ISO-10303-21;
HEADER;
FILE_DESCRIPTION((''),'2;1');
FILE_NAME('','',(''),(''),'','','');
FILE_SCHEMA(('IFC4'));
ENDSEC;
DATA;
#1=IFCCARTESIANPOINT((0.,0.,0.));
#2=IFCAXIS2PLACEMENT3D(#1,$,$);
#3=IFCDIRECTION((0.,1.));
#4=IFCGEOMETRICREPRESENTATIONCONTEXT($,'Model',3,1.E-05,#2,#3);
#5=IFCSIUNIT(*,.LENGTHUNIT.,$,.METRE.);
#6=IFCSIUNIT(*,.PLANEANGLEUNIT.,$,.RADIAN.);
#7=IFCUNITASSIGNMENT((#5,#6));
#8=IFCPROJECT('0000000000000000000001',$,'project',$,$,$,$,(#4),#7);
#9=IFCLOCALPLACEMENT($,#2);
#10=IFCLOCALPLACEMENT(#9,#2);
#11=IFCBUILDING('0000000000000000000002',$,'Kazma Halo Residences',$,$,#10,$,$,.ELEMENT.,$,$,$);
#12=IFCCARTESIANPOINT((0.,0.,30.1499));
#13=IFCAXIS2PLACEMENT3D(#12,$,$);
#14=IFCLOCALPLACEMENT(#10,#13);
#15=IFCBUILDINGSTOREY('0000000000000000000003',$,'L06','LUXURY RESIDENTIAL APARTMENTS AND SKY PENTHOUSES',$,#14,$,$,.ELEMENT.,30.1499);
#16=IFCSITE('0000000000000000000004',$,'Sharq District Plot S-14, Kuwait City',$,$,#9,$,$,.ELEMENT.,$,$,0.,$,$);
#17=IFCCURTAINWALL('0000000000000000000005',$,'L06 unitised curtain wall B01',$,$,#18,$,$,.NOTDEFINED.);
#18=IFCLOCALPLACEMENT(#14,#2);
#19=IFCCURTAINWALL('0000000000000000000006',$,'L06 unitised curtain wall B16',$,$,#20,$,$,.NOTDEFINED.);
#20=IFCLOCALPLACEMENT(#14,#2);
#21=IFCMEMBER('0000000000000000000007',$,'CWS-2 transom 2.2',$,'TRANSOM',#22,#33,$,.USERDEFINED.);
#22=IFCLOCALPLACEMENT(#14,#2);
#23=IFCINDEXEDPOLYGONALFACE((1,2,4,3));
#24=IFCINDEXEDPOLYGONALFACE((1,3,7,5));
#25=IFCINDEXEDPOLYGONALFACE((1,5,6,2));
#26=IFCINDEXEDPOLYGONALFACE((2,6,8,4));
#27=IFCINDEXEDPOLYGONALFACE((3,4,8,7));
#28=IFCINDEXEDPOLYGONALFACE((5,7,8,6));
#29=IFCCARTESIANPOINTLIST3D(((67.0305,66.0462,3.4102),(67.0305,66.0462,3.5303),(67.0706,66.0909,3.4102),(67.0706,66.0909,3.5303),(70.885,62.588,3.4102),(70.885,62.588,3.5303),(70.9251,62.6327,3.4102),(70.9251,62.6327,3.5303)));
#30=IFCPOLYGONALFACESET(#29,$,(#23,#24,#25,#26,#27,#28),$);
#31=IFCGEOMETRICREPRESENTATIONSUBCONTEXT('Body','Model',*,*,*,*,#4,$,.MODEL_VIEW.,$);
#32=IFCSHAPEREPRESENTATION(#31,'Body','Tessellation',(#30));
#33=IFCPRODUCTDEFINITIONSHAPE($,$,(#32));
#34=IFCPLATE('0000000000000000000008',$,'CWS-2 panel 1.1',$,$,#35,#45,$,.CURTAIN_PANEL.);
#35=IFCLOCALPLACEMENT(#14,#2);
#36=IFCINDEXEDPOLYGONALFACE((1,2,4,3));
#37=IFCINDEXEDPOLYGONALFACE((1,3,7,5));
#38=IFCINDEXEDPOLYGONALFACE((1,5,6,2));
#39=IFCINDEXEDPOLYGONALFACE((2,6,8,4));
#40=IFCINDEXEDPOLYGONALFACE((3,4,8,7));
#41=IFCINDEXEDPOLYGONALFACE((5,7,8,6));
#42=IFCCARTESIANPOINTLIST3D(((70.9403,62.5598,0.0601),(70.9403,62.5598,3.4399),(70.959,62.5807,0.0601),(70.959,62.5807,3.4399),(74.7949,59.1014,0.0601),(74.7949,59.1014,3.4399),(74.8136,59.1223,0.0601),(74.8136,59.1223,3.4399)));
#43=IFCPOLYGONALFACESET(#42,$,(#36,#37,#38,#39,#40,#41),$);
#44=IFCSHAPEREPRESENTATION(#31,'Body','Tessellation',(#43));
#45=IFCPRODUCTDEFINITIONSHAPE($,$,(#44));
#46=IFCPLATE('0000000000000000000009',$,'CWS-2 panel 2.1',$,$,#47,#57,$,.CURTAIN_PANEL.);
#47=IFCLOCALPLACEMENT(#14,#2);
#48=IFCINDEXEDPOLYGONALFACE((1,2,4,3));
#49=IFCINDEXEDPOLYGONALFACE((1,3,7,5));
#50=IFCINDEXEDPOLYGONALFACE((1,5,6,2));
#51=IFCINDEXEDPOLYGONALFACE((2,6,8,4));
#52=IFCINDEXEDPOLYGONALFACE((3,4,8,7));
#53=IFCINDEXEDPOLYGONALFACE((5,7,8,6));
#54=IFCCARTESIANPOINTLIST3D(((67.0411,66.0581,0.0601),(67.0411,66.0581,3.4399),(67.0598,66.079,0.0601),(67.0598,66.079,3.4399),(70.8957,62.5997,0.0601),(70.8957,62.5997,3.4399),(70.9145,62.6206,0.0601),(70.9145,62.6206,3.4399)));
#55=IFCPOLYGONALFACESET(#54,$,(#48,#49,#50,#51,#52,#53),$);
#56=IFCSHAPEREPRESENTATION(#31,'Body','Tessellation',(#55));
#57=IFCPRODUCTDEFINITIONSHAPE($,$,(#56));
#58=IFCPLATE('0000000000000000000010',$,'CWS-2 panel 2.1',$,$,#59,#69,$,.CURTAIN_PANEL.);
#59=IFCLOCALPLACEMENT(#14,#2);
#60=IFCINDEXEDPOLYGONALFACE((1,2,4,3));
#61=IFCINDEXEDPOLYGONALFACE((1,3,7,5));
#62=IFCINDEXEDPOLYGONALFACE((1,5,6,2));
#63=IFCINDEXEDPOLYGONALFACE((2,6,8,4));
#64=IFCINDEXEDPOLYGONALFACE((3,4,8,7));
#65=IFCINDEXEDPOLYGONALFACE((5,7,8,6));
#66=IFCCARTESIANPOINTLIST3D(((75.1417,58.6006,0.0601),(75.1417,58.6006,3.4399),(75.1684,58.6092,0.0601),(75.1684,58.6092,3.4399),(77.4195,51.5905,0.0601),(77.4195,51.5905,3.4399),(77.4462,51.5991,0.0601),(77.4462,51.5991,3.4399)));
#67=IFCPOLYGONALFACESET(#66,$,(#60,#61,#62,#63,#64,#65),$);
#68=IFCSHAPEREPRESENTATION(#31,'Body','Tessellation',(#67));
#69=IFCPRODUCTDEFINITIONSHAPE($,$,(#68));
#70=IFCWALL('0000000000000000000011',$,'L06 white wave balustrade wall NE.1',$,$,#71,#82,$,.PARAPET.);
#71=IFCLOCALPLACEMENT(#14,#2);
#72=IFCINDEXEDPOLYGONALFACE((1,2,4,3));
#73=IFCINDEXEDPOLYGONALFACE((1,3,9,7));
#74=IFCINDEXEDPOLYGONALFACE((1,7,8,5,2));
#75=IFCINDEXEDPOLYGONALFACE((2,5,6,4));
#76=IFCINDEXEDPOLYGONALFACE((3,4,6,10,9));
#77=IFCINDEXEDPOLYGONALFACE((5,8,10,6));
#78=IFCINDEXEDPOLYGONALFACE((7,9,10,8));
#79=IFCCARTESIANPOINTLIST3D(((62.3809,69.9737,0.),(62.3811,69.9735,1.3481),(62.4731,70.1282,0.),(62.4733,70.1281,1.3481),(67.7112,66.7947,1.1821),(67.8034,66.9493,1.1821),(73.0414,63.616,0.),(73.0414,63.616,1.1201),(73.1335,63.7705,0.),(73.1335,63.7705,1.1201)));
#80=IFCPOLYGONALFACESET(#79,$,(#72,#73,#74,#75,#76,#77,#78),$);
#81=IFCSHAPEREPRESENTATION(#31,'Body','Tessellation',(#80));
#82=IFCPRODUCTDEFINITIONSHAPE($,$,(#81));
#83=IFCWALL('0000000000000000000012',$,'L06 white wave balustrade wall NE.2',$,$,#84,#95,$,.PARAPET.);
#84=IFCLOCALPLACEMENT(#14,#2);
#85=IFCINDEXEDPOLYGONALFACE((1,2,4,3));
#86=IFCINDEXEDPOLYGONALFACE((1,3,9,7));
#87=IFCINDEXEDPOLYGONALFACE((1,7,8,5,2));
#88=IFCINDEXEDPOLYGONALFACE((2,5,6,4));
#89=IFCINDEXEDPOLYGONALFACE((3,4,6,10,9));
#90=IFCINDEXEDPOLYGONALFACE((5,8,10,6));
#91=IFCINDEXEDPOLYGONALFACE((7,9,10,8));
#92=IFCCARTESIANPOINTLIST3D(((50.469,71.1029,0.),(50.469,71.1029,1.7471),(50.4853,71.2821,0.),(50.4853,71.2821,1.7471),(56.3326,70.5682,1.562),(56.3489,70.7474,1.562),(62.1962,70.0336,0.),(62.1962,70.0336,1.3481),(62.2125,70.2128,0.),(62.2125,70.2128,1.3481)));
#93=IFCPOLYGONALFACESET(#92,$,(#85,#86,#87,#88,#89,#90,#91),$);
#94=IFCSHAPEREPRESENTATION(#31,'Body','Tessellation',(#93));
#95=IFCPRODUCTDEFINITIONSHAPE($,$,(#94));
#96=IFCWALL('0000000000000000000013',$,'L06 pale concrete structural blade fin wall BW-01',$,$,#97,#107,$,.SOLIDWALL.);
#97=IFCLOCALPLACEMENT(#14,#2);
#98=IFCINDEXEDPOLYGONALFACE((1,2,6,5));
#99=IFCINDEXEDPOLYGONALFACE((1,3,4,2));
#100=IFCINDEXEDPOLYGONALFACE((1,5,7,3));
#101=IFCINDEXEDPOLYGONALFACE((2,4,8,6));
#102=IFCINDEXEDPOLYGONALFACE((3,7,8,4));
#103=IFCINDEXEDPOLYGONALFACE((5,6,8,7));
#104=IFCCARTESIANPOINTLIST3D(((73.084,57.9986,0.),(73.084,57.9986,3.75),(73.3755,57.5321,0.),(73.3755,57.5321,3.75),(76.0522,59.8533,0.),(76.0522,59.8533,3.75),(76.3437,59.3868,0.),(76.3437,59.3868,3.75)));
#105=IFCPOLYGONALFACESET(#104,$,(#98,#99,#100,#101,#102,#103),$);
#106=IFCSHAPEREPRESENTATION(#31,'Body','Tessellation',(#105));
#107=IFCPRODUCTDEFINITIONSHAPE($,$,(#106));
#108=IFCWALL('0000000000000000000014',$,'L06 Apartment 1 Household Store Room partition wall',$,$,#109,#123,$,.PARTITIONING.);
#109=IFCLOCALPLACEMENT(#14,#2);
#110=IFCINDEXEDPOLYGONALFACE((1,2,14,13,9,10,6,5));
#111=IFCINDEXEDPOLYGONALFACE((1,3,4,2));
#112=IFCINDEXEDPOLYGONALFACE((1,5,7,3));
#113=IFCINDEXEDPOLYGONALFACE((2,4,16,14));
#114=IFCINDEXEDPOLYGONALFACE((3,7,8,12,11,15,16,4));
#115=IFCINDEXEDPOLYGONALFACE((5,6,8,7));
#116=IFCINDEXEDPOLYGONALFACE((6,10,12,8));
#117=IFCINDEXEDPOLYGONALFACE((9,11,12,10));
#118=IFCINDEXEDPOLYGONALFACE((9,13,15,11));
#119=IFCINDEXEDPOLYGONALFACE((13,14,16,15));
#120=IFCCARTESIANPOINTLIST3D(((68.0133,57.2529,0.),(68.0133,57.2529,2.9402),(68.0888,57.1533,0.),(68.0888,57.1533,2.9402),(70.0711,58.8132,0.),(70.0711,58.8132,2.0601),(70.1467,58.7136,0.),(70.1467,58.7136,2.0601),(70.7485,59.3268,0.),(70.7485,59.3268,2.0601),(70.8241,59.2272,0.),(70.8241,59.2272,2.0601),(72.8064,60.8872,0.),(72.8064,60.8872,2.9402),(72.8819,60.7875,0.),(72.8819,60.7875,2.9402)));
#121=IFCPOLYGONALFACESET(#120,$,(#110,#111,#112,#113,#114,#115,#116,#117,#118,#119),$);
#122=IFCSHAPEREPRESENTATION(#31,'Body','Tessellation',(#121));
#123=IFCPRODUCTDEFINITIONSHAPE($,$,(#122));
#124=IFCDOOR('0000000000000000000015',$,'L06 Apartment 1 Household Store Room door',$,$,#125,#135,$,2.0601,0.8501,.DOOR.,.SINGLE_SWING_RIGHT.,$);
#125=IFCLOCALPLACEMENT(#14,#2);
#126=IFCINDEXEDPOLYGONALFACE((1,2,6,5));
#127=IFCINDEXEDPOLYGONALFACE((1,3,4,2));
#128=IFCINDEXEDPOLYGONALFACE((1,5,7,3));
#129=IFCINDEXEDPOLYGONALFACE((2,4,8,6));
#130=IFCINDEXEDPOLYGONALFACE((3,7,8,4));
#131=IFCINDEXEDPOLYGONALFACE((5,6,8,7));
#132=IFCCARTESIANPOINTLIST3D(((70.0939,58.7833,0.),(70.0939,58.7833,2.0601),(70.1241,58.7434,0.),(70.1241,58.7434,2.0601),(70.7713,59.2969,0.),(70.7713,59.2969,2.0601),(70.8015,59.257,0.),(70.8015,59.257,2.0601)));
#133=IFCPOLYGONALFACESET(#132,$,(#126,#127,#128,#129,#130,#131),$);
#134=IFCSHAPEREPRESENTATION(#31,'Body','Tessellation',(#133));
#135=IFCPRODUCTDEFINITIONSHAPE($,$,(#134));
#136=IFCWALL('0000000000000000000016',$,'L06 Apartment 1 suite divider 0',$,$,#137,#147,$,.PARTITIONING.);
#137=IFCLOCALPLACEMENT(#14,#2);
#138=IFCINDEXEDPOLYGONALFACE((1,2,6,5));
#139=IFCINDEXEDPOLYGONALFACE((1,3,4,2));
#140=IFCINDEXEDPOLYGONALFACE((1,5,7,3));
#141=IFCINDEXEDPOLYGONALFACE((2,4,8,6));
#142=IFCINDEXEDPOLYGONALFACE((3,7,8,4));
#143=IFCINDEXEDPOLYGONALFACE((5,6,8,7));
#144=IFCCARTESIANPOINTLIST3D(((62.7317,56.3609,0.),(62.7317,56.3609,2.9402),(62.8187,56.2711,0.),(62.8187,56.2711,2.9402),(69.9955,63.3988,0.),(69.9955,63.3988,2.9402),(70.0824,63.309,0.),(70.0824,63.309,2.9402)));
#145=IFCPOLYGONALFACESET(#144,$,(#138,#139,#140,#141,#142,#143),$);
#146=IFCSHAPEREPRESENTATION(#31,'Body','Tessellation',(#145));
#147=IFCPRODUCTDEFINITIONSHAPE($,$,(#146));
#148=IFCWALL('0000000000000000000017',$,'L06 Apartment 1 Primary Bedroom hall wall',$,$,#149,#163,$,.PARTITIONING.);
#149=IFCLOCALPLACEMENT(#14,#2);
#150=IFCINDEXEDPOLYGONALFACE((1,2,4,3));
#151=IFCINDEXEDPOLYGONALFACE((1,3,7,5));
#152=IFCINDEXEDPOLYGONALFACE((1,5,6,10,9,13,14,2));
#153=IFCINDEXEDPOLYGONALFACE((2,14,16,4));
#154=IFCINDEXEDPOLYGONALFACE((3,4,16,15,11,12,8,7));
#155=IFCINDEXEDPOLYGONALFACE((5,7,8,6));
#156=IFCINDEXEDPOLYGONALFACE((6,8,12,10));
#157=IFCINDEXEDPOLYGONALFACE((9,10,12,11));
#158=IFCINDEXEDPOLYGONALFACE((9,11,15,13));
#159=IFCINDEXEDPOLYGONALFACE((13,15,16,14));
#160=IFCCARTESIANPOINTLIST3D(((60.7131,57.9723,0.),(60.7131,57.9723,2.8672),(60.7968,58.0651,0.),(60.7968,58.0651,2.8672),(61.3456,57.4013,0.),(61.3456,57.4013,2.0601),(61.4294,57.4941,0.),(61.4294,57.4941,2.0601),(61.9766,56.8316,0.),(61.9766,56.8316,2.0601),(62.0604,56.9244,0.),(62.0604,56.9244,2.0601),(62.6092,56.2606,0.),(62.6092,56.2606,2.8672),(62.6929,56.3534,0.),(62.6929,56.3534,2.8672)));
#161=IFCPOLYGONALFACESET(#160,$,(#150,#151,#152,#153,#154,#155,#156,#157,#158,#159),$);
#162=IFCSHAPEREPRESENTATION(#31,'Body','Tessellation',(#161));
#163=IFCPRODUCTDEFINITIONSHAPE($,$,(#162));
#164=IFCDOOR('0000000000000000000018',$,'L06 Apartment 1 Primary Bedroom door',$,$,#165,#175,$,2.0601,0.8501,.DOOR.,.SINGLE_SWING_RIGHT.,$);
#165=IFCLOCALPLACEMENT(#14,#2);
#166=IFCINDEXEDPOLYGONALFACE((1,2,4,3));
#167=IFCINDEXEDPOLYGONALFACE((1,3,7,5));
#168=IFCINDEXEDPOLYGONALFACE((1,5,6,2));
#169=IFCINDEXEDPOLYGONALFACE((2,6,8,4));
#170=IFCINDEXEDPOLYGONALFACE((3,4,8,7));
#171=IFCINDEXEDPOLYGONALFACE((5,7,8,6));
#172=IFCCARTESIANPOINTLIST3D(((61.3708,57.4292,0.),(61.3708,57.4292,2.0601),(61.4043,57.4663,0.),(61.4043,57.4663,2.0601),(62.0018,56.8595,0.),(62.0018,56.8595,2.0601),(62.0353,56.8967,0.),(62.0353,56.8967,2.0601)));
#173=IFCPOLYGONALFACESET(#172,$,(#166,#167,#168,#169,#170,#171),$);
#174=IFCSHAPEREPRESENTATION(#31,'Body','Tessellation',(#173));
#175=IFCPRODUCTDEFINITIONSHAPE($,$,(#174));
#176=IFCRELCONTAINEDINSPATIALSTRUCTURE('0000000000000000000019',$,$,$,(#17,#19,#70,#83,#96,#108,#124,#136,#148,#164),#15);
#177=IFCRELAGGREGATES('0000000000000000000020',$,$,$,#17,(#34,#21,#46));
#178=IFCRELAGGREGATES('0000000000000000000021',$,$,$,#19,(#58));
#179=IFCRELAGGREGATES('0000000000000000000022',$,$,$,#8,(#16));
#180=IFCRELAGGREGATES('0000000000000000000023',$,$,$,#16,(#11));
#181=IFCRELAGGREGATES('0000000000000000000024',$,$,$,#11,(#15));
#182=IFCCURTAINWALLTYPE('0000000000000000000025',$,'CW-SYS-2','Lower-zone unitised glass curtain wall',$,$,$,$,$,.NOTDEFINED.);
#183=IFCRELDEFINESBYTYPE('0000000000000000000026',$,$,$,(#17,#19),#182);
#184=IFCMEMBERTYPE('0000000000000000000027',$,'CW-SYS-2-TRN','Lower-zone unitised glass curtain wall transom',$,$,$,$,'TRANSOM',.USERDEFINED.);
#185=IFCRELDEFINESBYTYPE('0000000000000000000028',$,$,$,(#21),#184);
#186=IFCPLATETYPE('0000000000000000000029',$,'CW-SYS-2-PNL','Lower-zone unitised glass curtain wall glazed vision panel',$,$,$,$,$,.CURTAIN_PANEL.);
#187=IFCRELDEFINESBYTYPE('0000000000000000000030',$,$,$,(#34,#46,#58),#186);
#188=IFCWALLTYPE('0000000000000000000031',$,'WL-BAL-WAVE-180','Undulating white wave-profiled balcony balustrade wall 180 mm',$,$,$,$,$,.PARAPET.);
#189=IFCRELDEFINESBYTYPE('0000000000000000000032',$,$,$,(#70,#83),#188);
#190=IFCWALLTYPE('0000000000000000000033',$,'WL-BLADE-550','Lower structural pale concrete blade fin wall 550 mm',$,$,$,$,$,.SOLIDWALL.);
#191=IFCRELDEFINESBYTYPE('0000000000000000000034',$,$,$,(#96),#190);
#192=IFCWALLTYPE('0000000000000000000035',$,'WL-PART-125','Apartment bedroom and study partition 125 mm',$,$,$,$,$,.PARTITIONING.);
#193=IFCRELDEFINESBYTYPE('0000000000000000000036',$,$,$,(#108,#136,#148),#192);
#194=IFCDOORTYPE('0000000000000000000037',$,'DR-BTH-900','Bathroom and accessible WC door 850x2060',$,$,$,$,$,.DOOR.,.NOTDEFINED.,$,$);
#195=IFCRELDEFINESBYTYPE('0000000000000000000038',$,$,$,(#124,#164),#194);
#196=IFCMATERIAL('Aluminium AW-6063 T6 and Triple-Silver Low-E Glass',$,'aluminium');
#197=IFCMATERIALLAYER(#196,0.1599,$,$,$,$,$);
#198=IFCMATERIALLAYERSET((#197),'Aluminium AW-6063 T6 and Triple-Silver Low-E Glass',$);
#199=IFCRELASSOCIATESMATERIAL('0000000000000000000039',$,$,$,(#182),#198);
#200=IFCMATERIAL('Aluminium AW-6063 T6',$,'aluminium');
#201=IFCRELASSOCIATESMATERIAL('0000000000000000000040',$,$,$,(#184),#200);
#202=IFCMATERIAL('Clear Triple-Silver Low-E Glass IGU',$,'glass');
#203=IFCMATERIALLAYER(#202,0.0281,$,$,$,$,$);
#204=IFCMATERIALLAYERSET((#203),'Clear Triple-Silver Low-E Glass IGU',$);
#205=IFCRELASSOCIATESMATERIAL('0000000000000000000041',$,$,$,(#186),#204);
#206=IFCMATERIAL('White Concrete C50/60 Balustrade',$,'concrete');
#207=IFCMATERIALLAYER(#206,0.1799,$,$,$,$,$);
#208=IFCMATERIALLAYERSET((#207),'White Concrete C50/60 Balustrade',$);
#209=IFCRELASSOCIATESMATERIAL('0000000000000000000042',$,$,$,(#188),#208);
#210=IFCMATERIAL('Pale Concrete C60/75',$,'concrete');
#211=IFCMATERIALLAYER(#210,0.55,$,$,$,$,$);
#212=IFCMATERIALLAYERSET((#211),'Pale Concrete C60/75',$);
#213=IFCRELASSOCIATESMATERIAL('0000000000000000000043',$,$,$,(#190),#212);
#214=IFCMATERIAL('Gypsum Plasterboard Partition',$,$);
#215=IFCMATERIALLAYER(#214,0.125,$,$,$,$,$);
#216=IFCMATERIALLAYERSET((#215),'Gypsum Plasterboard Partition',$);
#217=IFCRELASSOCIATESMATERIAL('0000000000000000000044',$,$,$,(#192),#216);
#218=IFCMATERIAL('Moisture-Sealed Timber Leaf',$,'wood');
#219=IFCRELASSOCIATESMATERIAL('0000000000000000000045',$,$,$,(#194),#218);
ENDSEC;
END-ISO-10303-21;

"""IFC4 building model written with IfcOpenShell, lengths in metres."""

from ifc_helpers import new_model, si_unit, direction, frame, frame_2d, origin, origin_2d, place, context, subcontext, project, spatial, polyline, rectangle, outline, extrude, material, layer, layer_set, material_profile, profile_set, type_object, element, fill, aggregate, save


model = new_model("IFC4")

# Units and contexts
model_context = context("Model", 3, precision=1e-05, world=origin(), true_north=direction((0.0, 1.0)))
body_context = subcontext(model_context, "Body", "Model", "MODEL_VIEW")
ifc_project = project(units=[si_unit("LENGTHUNIT", "METRE"), si_unit("PLANEANGLEUNIT", "RADIAN")], contexts=[model_context])

# Site, building, storey
site_placement = place(None, origin())
site = spatial("IfcSite", under=ifc_project, at=site_placement, Name="Sharq District Plot S-14, Kuwait City", CompositionType="ELEMENT", RefElevation=0.0)
building_placement = place(site_placement, origin())
building = spatial("IfcBuilding", under=site, at=building_placement, Name="Kazma Halo Residences", CompositionType="ELEMENT")
storey_placement = place(building_placement, frame((0.0, 0.0, 30.1499)))
storey = spatial("IfcBuildingStorey", under=building, at=storey_placement, Name="L06", Description="LUXURY RESIDENTIAL APARTMENTS AND SKY PENTHOUSES", CompositionType="ELEMENT", Elevation=30.1499)

# Curtain wall
ifc_material_1 = material(Name="Aluminium AW-6063 T6 and Triple-Silver Low-E Glass", Category="aluminium")
ifc_layer_1 = layer(ifc_material_1, 0.1599)
ifc_layer_set_1 = layer_set([ifc_layer_1], Name="Aluminium AW-6063 T6 and Triple-Silver Low-E Glass")
curtain_wall_type = type_object("IfcCurtainWallType", Name="CW-SYS-2", Description="Lower-zone unitised glass curtain wall", PredefinedType="NOTDEFINED", material=ifc_layer_set_1)
curtain_wall_1_placement = place(storey_placement, origin())
curtain_wall_1 = element("IfcCurtainWall", 1, at=curtain_wall_1_placement, inside=storey, type_object=curtain_wall_type, Name="L06 unitised curtain wall B01", PredefinedType="NOTDEFINED")
ifc_material_2 = material(Name="Aluminium AW-6063 T6", Category="aluminium")

# Curtain wall
curtain_wall_2_placement = place(storey_placement, origin())
curtain_wall_2 = element("IfcCurtainWall", 2, at=curtain_wall_2_placement, inside=storey, type_object=curtain_wall_type, Name="L06 unitised curtain wall B16", PredefinedType="NOTDEFINED")

# Member
ifc_material_profile_1 = material_profile(ifc_material_2, rectangle(XDim=0.0601, YDim=0.1201, at=origin_2d()), Name="CWT-60x120")
ifc_profile_set_1 = profile_set([ifc_material_profile_1], Name="Aluminium AW-6063 T6")
member_type_1 = type_object("IfcMemberType", Name="CW-SYS-2-TRN", Description="Lower-zone unitised glass curtain wall transom", ElementType="TRANSOM", PredefinedType="USERDEFINED", material=ifc_profile_set_1)
member_1_placement = place(storey_placement, frame((70.905, 62.6104, 3.4702), z_axis=(-0.744329, 0.667813, 0.0), x_axis=(-0.667813, -0.744329, 0.0)))
member_1 = element("IfcMember", 3, at=member_1_placement, type_object=member_type_1, Name="CWS-2 transom 2.2", ObjectType="TRANSOM", PredefinedType="USERDEFINED", context=body_context, shape_type="SweptSolid", body=[
    extrude(rectangle(XDim=0.0601, YDim=0.1201, at=origin_2d()), origin(), (0.0, 0.0, 1.0), 5.1785),
])

# Plates
ifc_material_3 = material(Name="Clear Triple-Silver Low-E Glass IGU", Category="glass")
ifc_layer_2 = layer(ifc_material_3, 0.0281)
ifc_layer_set_2 = layer_set([ifc_layer_2], Name="Clear Triple-Silver Low-E Glass IGU")
plate_type = type_object("IfcPlateType", Name="CW-SYS-2-PNL", Description="Lower-zone unitised glass curtain wall glazed vision panel", PredefinedType="CURTAIN_PANEL", material=ifc_layer_set_2)
plate_1_placement = place(storey_placement, frame((72.877, 60.8411, 0.0601), z_axis=(0.0, 0.0, 1.0), x_axis=(-0.744322, 0.667821, 0.0)))
plate_1 = element("IfcPlate", 4, at=plate_1_placement, type_object=plate_type, Name="CWS-2 panel 1.1", PredefinedType="CURTAIN_PANEL", context=body_context, shape_type="SweptSolid", body=[
    extrude(rectangle(XDim=5.1787, YDim=0.0281, at=origin_2d()), origin(), (0.0, 0.0, 1.0), 3.3799),
])
plate_2_placement = place(storey_placement, frame((68.9778, 64.3394, 0.0601), z_axis=(0.0, 0.0, 1.0), x_axis=(-0.744322, 0.667821, 0.0)))
plate_2 = element("IfcPlate", 5, at=plate_2_placement, type_object=plate_type, Name="CWS-2 panel 2.1", PredefinedType="CURTAIN_PANEL", context=body_context, shape_type="SweptSolid", body=[
    extrude(rectangle(XDim=5.1787, YDim=0.0281, at=origin_2d()), origin(), (0.0, 0.0, 1.0), 3.3799),
])
aggregate(curtain_wall_1, [plate_1, member_1, plate_2])
plate_3_placement = place(storey_placement, frame((76.2939, 55.0999, 0.0601), z_axis=(0.0, 0.0, 1.0), x_axis=(-0.309017, 0.951057, 0.0)))
plate_3 = element("IfcPlate", 6, at=plate_3_placement, type_object=plate_type, Name="CWS-2 panel 2.1", PredefinedType="CURTAIN_PANEL", context=body_context, shape_type="SweptSolid", body=[
    extrude(rectangle(XDim=7.3708, YDim=0.0281, at=origin_2d()), origin(), (0.0, 0.0, 1.0), 3.3799),
])
aggregate(curtain_wall_2, [plate_3])

# Walls
ifc_material_4 = material(Name="White Concrete C50/60 Balustrade", Category="concrete")
ifc_layer_3 = layer(ifc_material_4, 0.1799)
ifc_layer_set_3 = layer_set([ifc_layer_3], Name="White Concrete C50/60 Balustrade")
wall_type_1 = type_object("IfcWallType", Name="WL-BAL-WAVE-180", Description="Undulating white wave-profiled balcony balustrade wall 180 mm", PredefinedType="PARAPET", material=ifc_layer_set_3)
wall_1_placement = place(storey_placement, frame((73.0874, 63.6931, 0.0), z_axis=(0.0, 0.0, 1.0), x_axis=(-0.858861, 0.512209, 0.0)))
element("IfcWall", 7, at=wall_1_placement, inside=storey, type_object=wall_type_1, Name="L06 white wave balustrade wall NE.1", PredefinedType="PARAPET", context=body_context, shape_type="SweptSolid", body=[
    extrude(outline(polyline([(0.0, 0.0), (12.4124, 0.0), (12.4121, 1.3481), (6.2061, 1.1821), (0.0, 1.1201), (0.0, 0.0)])), frame((0.0, 0.0898, 0.0), z_axis=(0.0, -1.0, 0.0), x_axis=(1.0, 0.0, 0.0)), (0.0, 0.0, 1.0), 0.1799),
])
wall_2_placement = place(storey_placement, frame((62.2043, 70.123, 0.0), z_axis=(0.0, 0.0, 1.0), x_axis=(-0.995869, 0.090807, 0.0)))
element("IfcWall", 8, at=wall_2_placement, inside=storey, type_object=wall_type_1, Name="L06 white wave balustrade wall NE.2", PredefinedType="PARAPET", context=body_context, shape_type="SweptSolid", body=[
    extrude(outline(polyline([(0.0, 0.0), (11.7759, 0.0), (11.7759, 1.7471), (5.8879, 1.562), (0.0, 1.3481), (0.0, 0.0)])), frame((0.0, 0.0898, 0.0), z_axis=(0.0, -1.0, 0.0), x_axis=(1.0, 0.0, 0.0)), (0.0, 0.0, 1.0), 0.1799),
])
ifc_material_5 = material(Name="Pale Concrete C60/75", Category="concrete")
ifc_layer_4 = layer(ifc_material_5, 0.55)
ifc_layer_set_4 = layer_set([ifc_layer_4], Name="Pale Concrete C60/75")
wall_type_2 = type_object("IfcWallType", Name="WL-BLADE-550", Description="Lower structural pale concrete blade fin wall 550 mm", PredefinedType="SOLIDWALL", material=ifc_layer_set_4)
wall_3_placement = place(storey_placement, frame((73.2297, 57.7654, 0.0), z_axis=(0.0, 0.0, 1.0), x_axis=(0.848053, 0.529911, 0.0)))
element("IfcWall", 9, at=wall_3_placement, inside=storey, type_object=wall_type_2, Name="L06 pale concrete structural blade fin wall BW-01", PredefinedType="SOLIDWALL", context=body_context, shape_type="SweptSolid", body=[
    extrude(rectangle(XDim=3.5, YDim=0.55, at=frame_2d((1.75, 0.0))), origin(), (0.0, 0.0, 1.0), 3.75),
])

# Wall, opening, door
ifc_material_6 = material(Name="Gypsum Plasterboard Partition")
ifc_layer_5 = layer(ifc_material_6, 0.125)
ifc_layer_set_5 = layer_set([ifc_layer_5], Name="Gypsum Plasterboard Partition")
wall_type_3 = type_object("IfcWallType", Name="WL-PART-125", Description="Apartment bedroom and study partition 125 mm", PredefinedType="PARTITIONING", material=ifc_layer_set_5)
wall_4_placement = place(storey_placement, frame((68.051, 57.2031, 0.0), z_axis=(0.0, 0.0, 1.0), x_axis=(0.796848, 0.60418, 0.0)))
wall_4 = element("IfcWall", 10, at=wall_4_placement, inside=storey, type_object=wall_type_3, Name="L06 Apartment 1 Household Store Room partition wall", PredefinedType="PARTITIONING", context=body_context, shape_type="SweptSolid", body=[
    extrude(rectangle(XDim=6.0151, YDim=0.125, at=frame_2d((3.0076, 0.0))), origin(), (0.0, 0.0, 1.0), 2.9402),
])
opening_1_placement = place(wall_4_placement, frame((2.5825, 0.0, 0.0)))
opening_1 = element("IfcOpeningElement", 11, at=opening_1_placement, cuts=wall_4, PredefinedType="OPENING", context=body_context, shape_type="SweptSolid", body=[
    extrude(rectangle(XDim=0.8501, YDim=2.0601, at=frame_2d((0.425, 1.03))), frame((0.0, 0.0725, 0.0), z_axis=(0.0, -1.0, 0.0), x_axis=(1.0, 0.0, 0.0)), (0.0, 0.0, 1.0), 0.145),
])
ifc_material_7 = material(Name="Moisture-Sealed Timber Leaf", Category="wood")
door_type_1 = type_object("IfcDoorType", Name="DR-BTH-900", Description="Bathroom and accessible WC door 850x2060", OperationType="NOTDEFINED", PredefinedType="DOOR", material=ifc_material_7)
door_1_placement = place(opening_1_placement, origin())
door_1 = element("IfcDoor", 12, at=door_1_placement, inside=storey, type_object=door_type_1, Name="L06 Apartment 1 Household Store Room door", OperationType="SINGLE_SWING_RIGHT", OverallHeight=2.0601, OverallWidth=0.8501, PredefinedType="DOOR", context=body_context, shape_type="SweptSolid", body=[
    extrude(rectangle(XDim=0.8501, YDim=2.0601, at=frame_2d((0.425, 1.03))), frame((0.0, 0.0249, 0.0), z_axis=(0.0, -1.0, 0.0), x_axis=(1.0, 0.0, 0.0)), (0.0, 0.0, 1.0), 0.05),
])
fill(opening_1, door_1)

# Wall
wall_5_placement = place(storey_placement, frame((62.7751, 56.3159, 0.0), z_axis=(0.0, 0.0, 1.0), x_axis=(0.718183, 0.695854, 0.0)))
element("IfcWall", 13, at=wall_5_placement, inside=storey, type_object=wall_type_3, Name="L06 Apartment 1 suite divider 0", PredefinedType="PARTITIONING", context=body_context, shape_type="SweptSolid", body=[
    extrude(rectangle(XDim=10.114, YDim=0.125, at=frame_2d((5.0571, 0.0))), origin(), (0.0, 0.0, 1.0), 2.9402),
])

# Wall, opening, door
wall_6_placement = place(storey_placement, frame((62.6511, 56.3069, 0.0), z_axis=(0.0, 0.0, 1.0), x_axis=(-0.742267, 0.670105, 0.0)))
wall_6 = element("IfcWall", 14, at=wall_6_placement, inside=storey, type_object=wall_type_3, Name="L06 Apartment 1 Primary Bedroom hall wall", PredefinedType="PARTITIONING", context=body_context, shape_type="SweptSolid", body=[
    extrude(rectangle(XDim=2.5544, YDim=0.125, at=frame_2d((1.2773, 0.0))), origin(), (0.0, 0.0, 1.0), 2.8672),
])
opening_2_placement = place(wall_6_placement, frame((0.8523, 0.0, 0.0)))
opening_2 = element("IfcOpeningElement", 15, at=opening_2_placement, cuts=wall_6, PredefinedType="OPENING", context=body_context, shape_type="SweptSolid", body=[
    extrude(rectangle(XDim=0.8501, YDim=2.0601, at=frame_2d((0.425, 1.03))), frame((0.0, 0.0725, 0.0), z_axis=(0.0, -1.0, 0.0), x_axis=(1.0, 0.0, 0.0)), (0.0, 0.0, 1.0), 0.145),
])
door_2_placement = place(opening_2_placement, origin())
door_2 = element("IfcDoor", 16, at=door_2_placement, inside=storey, type_object=door_type_1, Name="L06 Apartment 1 Primary Bedroom door", OperationType="SINGLE_SWING_RIGHT", OverallHeight=2.0601, OverallWidth=0.8501, PredefinedType="DOOR", context=body_context, shape_type="SweptSolid", body=[
    extrude(rectangle(XDim=0.8501, YDim=2.0601, at=frame_2d((0.425, 1.03))), frame((0.0, 0.0249, 0.0), z_axis=(0.0, -1.0, 0.0), x_axis=(1.0, 0.0, 0.0)), (0.0, 0.0, 1.0), 0.05),
])
fill(opening_2, door_2)

save(model, "model.ifc")
